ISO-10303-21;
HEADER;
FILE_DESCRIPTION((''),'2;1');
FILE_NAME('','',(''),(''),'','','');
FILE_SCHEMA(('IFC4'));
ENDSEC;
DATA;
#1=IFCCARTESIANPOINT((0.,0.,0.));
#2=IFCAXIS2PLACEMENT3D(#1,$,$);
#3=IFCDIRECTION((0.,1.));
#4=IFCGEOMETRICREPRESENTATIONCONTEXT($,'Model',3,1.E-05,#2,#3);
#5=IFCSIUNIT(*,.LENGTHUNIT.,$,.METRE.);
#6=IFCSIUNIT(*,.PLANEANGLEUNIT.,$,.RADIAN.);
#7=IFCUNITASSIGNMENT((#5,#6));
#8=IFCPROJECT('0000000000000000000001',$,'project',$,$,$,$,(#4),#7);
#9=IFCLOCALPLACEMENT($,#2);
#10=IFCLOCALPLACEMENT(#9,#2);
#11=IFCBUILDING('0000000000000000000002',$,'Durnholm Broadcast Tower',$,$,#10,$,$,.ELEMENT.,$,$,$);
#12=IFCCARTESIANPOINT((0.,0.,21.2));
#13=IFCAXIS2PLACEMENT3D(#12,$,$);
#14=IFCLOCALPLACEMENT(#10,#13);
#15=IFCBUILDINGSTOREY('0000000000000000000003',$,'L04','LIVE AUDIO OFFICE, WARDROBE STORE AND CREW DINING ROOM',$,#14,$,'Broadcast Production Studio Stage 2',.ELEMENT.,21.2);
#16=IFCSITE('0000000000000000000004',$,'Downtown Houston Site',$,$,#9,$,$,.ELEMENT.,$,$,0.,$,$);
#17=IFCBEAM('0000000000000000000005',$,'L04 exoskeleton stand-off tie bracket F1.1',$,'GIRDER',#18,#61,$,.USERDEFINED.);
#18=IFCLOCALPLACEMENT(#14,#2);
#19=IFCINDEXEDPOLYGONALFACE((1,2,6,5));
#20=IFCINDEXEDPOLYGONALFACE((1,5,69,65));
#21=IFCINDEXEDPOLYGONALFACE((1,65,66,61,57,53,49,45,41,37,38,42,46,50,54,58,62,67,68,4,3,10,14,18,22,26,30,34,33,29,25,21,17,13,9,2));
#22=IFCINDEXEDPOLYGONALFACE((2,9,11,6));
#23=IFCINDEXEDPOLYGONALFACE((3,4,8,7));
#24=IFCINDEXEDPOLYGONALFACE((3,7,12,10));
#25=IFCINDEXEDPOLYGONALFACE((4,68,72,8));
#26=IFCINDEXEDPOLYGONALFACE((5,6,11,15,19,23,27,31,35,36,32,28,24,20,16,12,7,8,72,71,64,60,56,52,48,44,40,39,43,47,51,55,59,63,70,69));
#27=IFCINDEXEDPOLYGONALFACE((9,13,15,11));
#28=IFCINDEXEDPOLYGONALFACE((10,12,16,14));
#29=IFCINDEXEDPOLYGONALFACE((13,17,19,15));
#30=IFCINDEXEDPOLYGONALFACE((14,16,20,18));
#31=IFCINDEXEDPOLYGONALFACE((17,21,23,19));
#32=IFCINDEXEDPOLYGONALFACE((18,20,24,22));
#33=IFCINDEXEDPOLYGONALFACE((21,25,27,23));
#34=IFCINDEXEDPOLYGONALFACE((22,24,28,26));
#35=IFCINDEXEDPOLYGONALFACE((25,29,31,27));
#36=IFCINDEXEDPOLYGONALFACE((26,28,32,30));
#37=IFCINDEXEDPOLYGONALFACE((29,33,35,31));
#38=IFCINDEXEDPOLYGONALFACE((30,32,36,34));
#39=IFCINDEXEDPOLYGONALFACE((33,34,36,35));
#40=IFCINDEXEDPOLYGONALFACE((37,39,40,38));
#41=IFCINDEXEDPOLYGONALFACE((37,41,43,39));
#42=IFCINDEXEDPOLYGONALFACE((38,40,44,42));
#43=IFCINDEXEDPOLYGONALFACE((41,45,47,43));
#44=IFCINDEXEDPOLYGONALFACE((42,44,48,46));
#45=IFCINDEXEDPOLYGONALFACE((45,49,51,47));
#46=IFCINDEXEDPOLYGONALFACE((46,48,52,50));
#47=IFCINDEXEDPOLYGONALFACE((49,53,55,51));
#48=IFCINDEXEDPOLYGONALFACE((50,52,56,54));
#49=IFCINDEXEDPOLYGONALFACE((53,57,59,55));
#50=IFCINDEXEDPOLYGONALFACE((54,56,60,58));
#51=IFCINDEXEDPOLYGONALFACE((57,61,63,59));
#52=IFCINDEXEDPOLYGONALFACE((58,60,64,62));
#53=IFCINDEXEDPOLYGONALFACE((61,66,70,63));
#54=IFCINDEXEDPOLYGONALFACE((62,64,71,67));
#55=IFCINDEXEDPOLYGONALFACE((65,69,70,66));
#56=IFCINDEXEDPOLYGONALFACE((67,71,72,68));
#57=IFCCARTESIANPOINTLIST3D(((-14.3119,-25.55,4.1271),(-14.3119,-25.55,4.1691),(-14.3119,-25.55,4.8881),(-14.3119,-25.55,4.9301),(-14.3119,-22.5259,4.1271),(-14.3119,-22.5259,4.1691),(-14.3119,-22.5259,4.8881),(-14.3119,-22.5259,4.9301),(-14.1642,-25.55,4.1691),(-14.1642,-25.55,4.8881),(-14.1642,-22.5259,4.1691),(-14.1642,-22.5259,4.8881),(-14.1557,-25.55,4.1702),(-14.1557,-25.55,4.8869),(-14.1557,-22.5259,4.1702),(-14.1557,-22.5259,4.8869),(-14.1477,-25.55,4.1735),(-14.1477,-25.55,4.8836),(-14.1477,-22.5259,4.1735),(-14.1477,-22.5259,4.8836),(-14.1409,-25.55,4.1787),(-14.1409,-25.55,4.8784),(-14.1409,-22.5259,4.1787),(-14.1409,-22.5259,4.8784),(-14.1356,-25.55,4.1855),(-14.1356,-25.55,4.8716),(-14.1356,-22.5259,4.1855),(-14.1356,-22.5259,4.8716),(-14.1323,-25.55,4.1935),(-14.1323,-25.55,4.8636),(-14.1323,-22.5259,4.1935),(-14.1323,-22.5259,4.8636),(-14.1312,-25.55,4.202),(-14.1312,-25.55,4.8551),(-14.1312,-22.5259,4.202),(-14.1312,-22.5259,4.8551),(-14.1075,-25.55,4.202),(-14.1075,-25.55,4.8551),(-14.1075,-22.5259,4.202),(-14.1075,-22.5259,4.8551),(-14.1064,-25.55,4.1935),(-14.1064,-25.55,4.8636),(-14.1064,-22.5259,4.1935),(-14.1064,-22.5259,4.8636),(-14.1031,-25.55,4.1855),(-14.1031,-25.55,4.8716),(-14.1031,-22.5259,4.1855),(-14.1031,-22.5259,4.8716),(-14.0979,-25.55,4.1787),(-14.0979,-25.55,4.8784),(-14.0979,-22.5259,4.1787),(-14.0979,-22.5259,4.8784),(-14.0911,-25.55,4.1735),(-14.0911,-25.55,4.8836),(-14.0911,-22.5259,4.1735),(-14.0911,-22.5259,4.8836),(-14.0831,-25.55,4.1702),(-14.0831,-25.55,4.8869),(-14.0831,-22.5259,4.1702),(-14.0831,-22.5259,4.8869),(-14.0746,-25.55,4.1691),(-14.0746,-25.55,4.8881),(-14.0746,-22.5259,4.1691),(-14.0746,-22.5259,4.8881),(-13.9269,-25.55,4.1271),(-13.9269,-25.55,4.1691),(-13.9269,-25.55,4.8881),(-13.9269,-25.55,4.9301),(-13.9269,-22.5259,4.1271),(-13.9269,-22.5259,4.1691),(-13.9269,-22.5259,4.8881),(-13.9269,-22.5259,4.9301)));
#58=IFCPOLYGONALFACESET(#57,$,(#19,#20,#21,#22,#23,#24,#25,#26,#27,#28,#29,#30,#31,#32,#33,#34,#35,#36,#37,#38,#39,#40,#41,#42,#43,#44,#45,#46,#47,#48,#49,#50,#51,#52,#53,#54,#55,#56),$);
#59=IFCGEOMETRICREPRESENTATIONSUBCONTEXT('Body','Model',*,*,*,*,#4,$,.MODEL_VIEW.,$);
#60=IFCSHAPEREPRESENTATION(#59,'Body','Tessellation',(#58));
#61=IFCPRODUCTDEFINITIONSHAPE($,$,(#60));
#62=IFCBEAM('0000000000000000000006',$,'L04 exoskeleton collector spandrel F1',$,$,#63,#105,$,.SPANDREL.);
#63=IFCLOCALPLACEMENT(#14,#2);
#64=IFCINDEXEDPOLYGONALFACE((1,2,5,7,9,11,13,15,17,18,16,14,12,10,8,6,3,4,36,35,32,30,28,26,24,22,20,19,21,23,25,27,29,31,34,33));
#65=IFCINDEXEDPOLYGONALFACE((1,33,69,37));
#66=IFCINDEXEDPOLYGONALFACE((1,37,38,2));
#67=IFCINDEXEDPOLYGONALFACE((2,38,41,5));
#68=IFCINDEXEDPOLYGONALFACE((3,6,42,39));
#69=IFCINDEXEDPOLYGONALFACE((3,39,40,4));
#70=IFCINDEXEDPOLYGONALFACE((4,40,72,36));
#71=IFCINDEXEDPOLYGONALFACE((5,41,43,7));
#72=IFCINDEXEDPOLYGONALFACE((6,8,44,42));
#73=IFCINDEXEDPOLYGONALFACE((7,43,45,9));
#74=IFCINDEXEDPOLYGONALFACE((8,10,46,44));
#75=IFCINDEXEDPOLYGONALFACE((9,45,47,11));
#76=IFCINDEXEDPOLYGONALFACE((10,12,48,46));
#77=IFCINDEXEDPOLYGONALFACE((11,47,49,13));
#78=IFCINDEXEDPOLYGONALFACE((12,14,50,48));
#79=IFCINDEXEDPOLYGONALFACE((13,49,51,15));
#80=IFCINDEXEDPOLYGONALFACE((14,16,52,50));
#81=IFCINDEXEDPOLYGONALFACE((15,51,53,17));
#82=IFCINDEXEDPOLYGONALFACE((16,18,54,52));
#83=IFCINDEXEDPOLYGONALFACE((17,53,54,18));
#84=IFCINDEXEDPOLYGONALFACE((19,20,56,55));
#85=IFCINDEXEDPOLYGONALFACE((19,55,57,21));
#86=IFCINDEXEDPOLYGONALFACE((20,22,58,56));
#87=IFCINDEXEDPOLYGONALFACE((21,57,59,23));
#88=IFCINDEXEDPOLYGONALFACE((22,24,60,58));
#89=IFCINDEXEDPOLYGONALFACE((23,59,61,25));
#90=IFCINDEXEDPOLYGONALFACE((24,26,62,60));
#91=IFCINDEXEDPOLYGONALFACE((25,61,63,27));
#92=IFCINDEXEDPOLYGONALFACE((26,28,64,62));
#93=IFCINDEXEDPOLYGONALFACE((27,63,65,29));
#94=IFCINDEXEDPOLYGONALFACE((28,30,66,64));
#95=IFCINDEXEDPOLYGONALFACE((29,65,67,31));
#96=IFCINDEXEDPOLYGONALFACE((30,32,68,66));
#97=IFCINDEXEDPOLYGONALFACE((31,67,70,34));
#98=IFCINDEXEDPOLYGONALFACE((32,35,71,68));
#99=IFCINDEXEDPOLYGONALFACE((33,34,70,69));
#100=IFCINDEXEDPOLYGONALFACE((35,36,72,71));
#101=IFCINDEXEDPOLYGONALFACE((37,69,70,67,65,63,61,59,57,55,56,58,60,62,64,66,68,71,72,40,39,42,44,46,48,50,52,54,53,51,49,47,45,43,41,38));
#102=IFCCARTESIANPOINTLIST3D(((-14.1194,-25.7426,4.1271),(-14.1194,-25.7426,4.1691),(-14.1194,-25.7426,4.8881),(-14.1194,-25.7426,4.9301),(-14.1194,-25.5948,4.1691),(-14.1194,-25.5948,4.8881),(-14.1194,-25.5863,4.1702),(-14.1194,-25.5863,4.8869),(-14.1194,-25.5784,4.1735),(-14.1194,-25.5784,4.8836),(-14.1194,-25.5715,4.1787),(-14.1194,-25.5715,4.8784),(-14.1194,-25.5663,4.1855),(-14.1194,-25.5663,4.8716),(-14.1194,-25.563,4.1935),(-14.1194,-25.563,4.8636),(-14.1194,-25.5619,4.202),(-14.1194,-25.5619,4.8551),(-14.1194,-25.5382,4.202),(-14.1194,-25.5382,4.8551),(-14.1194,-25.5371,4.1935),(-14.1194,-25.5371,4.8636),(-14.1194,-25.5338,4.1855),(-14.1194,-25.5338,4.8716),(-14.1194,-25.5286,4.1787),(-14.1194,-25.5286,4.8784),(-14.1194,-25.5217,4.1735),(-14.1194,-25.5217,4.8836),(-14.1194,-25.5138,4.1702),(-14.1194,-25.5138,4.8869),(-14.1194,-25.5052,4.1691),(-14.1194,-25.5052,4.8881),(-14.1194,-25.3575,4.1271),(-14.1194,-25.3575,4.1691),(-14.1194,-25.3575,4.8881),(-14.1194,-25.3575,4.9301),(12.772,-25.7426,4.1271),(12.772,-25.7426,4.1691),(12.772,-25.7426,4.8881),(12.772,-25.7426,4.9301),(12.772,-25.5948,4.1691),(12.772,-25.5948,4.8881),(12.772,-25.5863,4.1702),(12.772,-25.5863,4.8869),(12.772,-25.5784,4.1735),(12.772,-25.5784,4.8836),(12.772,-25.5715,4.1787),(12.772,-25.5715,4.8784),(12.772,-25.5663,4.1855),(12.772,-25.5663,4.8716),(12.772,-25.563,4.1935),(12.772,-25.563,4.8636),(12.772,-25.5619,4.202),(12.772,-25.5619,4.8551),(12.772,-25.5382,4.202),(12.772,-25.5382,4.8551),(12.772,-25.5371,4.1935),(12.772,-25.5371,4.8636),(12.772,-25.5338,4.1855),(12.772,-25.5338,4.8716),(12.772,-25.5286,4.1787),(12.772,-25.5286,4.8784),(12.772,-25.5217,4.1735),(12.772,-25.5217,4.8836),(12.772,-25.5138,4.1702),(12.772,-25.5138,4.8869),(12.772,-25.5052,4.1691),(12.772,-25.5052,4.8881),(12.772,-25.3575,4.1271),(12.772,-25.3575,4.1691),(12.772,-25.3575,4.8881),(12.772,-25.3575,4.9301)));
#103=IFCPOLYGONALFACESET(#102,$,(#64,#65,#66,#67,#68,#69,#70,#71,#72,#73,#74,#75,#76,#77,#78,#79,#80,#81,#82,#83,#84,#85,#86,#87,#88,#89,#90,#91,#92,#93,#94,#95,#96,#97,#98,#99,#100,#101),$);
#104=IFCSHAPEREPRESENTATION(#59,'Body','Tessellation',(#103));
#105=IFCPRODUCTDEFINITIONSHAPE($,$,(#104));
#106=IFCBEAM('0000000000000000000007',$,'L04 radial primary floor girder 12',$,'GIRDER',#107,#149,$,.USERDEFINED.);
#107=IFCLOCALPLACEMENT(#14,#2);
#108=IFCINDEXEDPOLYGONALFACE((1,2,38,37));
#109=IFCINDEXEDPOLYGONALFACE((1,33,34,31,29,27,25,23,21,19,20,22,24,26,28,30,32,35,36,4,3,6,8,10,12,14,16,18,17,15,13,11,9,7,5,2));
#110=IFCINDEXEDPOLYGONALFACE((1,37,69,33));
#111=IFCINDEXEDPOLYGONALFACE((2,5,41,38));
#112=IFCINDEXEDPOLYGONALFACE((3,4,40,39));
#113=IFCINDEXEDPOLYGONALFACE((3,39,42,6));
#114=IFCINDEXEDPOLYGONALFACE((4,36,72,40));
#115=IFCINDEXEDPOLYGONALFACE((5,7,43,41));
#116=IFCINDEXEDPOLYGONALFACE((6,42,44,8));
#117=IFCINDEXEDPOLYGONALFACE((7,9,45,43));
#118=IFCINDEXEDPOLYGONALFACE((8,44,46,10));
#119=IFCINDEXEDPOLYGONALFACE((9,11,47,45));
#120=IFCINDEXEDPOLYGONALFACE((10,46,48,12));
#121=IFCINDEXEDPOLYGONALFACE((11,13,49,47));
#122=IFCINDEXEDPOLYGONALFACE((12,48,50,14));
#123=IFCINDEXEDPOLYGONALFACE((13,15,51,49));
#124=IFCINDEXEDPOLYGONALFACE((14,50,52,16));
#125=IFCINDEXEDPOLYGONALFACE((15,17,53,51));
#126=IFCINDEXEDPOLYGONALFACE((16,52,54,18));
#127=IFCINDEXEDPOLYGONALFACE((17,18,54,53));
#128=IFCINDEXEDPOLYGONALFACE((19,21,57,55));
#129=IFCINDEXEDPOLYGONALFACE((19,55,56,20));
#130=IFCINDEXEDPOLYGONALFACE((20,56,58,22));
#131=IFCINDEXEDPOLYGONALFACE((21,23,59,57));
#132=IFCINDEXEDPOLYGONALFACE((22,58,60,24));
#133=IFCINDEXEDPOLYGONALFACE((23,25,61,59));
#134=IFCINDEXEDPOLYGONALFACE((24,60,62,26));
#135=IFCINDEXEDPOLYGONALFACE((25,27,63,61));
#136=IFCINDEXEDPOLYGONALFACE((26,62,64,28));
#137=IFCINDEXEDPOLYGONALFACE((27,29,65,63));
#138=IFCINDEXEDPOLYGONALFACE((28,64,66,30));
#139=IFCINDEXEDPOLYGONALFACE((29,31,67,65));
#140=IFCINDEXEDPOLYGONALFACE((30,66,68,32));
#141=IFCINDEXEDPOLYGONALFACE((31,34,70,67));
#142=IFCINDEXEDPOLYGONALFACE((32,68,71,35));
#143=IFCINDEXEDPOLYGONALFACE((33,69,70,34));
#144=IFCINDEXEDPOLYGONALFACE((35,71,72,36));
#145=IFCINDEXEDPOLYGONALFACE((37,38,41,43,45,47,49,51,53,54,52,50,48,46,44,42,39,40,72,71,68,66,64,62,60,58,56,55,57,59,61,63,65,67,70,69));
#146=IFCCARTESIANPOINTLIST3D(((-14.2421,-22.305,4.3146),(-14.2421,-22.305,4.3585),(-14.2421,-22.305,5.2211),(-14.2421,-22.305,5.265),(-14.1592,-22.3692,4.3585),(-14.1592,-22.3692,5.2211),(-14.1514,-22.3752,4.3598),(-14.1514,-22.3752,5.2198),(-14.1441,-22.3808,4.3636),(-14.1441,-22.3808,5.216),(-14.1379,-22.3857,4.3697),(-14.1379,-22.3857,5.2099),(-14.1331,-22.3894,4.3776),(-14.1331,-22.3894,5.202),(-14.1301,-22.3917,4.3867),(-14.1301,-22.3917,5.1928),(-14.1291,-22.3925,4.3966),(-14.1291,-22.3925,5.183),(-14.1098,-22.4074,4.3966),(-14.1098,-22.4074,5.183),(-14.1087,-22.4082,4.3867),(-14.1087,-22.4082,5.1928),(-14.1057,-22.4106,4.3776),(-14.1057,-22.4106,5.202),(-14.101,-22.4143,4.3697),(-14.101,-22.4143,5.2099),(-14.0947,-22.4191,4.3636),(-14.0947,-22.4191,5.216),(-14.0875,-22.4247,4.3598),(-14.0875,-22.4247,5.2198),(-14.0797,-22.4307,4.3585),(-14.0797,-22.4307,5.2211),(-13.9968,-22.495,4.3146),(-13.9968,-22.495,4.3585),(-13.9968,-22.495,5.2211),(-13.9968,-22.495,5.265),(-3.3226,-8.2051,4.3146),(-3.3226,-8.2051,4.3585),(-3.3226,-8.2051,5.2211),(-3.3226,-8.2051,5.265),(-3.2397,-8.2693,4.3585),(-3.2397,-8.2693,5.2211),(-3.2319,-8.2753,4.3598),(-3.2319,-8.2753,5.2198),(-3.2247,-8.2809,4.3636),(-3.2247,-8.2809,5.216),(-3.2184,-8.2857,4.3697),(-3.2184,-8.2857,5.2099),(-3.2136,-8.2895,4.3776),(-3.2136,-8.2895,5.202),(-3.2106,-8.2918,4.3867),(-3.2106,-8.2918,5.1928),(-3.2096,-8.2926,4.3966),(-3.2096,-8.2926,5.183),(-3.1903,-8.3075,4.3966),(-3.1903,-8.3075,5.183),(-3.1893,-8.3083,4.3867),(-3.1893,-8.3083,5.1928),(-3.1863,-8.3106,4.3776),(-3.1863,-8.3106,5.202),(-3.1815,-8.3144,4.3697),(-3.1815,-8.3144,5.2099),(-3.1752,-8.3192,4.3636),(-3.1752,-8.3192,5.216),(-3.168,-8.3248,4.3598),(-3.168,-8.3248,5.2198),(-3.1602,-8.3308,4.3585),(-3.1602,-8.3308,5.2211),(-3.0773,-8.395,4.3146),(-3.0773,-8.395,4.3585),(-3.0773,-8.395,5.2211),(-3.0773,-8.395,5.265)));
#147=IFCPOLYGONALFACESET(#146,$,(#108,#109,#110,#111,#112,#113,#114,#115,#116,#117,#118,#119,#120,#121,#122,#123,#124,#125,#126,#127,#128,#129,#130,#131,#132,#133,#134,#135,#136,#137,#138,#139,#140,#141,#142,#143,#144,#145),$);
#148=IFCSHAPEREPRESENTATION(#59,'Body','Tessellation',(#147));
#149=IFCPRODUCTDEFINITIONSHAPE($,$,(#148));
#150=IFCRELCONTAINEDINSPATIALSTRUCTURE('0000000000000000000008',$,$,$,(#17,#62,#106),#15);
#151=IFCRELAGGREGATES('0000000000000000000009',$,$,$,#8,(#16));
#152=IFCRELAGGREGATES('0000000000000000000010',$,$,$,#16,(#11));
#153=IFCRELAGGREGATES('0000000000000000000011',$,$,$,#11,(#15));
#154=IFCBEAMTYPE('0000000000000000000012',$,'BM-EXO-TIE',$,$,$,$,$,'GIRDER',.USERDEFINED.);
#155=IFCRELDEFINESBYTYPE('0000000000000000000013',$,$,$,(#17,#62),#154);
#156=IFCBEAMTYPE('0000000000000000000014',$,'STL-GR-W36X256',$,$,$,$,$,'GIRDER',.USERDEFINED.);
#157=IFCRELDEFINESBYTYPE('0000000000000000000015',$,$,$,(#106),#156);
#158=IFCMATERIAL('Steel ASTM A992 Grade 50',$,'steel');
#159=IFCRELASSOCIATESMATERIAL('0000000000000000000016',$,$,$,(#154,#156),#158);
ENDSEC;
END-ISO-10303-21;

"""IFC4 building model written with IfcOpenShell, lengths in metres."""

from ifc_helpers import new_model, si_unit, direction, frame, origin, origin_2d, place, context, subcontext, project, spatial, i_section, extrude, source, transform, mapped, material, material_profile, profile_set, type_object, type_shapes, element, save


model = new_model("IFC4")

# Units and contexts
model_context = context("Model", 3, precision=1e-05, world=origin(), true_north=direction((0.0, 1.0)))
body_context = subcontext(model_context, "Body", "Model", "MODEL_VIEW")
ifc_project = project(units=[si_unit("LENGTHUNIT", "METRE"), si_unit("PLANEANGLEUNIT", "RADIAN")], contexts=[model_context])

# Site, building, storey
site_placement = place(None, origin())
site = spatial("IfcSite", under=ifc_project, at=site_placement, Name="Downtown Houston Site", CompositionType="ELEMENT", RefElevation=0.0)
building_placement = place(site_placement, origin())
building = spatial("IfcBuilding", under=site, at=building_placement, Name="Durnholm Broadcast Tower", CompositionType="ELEMENT")
storey_placement = place(building_placement, frame((0.0, 0.0, 21.2)))
storey = spatial("IfcBuildingStorey", under=building, at=storey_placement, Name="L04", Description="LIVE AUDIO OFFICE, WARDROBE STORE AND CREW DINING ROOM", LongName="Broadcast Production Studio Stage 2", CompositionType="ELEMENT", Elevation=21.2)

# Beams
ifc_material_1 = material(Name="Steel ASTM A992 Grade 50", Category="steel")
ifc_material_profile_1 = material_profile(ifc_material_1, i_section(OverallWidth=0.385, OverallDepth=0.803, WebThickness=0.0237, FlangeThickness=0.042, FilletRadius=0.033, at=origin_2d()), Name="W30X261")
ifc_profile_set_1 = profile_set([ifc_material_profile_1], Name="Steel ASTM A992 Grade 50")
beam_type_1 = type_object("IfcBeamType", Name="BM-EXO-TIE", ElementType="GIRDER", PredefinedType="USERDEFINED", material=ifc_profile_set_1)
shared_shape_1 = source(origin(), body_context, "Body", "SweptSolid", [
    extrude(i_section(OverallWidth=0.385, OverallDepth=0.803, WebThickness=0.0237, FlangeThickness=0.042, FilletRadius=0.033, at=origin_2d()), origin(), (0.0, 0.0, 1.0), 3.0242),
])
beam_1_placement = place(storey_placement, frame((-14.1194, -22.5259, 4.5286), z_axis=(0.0, -1.0, 0.0), x_axis=(1.0, 0.0, 0.0)))
element("IfcBeam", 1, at=beam_1_placement, inside=storey, type_object=beam_type_1, Name="L04 exoskeleton stand-off tie bracket F1.1", ObjectType="GIRDER", PredefinedType="USERDEFINED", context=body_context, shape_type="MappedRepresentation", body=[
    mapped(shared_shape_1, transform((0.0, 0.0, 0.0), x_axis=(1.0, 0.0, 0.0), y_axis=(0.0, 1.0, 0.0), z_axis=(0.0, 0.0, 1.0), scale=1.0)),
])
shared_shape_2 = source(origin(), body_context, "Body", "SweptSolid", [
    extrude(i_section(OverallWidth=0.385, OverallDepth=0.803, WebThickness=0.0237, FlangeThickness=0.042, FilletRadius=0.033, at=origin_2d()), origin(), (0.0, 0.0, 1.0), 26.8914),
])
type_shapes(beam_type_1, [shared_shape_1, shared_shape_2])
beam_2_placement = place(storey_placement, frame((-14.1194, -25.55, 4.5286), z_axis=(1.0, 0.0, 0.0), x_axis=(0.0, 1.0, 0.0)))
element("IfcBeam", 2, at=beam_2_placement, inside=storey, type_object=beam_type_1, Name="L04 exoskeleton collector spandrel F1", PredefinedType="SPANDREL", context=body_context, shape_type="MappedRepresentation", body=[
    mapped(shared_shape_2, transform((0.0, 0.0, 0.0), x_axis=(1.0, 0.0, 0.0), y_axis=(0.0, 1.0, 0.0), z_axis=(0.0, 0.0, 1.0), scale=1.0)),
])
ifc_material_profile_2 = material_profile(ifc_material_1, i_section(OverallWidth=0.3103, OverallDepth=0.9504, WebThickness=0.0244, FlangeThickness=0.0439, FilletRadius=0.0381, at=origin_2d()), Name="W36X256")
ifc_profile_set_2 = profile_set([ifc_material_profile_2], Name="Steel ASTM A992 Grade 50")
beam_type_2 = type_object("IfcBeamType", Name="STL-GR-W36X256", ElementType="GIRDER", PredefinedType="USERDEFINED", material=ifc_profile_set_2)
shared_shape_3 = source(origin(), body_context, "Body", "SweptSolid", [
    extrude(i_section(OverallWidth=0.3103, OverallDepth=0.9504, WebThickness=0.0244, FlangeThickness=0.0439, FilletRadius=0.0381, at=origin_2d()), origin(), (0.0, 0.0, 1.0), 17.8337),
])
type_shapes(beam_type_2, [shared_shape_3])
beam_3_placement = place(storey_placement, frame((-3.2, -8.3, 4.7898), z_axis=(-0.612293, -0.790631, 0.0), x_axis=(0.790631, -0.612293, 0.0)))
element("IfcBeam", 3, at=beam_3_placement, inside=storey, type_object=beam_type_2, Name="L04 radial primary floor girder 12", ObjectType="GIRDER", PredefinedType="USERDEFINED", context=body_context, shape_type="MappedRepresentation", body=[
    mapped(shared_shape_3, transform((0.0, 0.0, 0.0), x_axis=(1.0, 0.0, 0.0), y_axis=(0.0, 1.0, 0.0), z_axis=(0.0, 0.0, 1.0), scale=1.0)),
])

save(model, "model.ifc")
